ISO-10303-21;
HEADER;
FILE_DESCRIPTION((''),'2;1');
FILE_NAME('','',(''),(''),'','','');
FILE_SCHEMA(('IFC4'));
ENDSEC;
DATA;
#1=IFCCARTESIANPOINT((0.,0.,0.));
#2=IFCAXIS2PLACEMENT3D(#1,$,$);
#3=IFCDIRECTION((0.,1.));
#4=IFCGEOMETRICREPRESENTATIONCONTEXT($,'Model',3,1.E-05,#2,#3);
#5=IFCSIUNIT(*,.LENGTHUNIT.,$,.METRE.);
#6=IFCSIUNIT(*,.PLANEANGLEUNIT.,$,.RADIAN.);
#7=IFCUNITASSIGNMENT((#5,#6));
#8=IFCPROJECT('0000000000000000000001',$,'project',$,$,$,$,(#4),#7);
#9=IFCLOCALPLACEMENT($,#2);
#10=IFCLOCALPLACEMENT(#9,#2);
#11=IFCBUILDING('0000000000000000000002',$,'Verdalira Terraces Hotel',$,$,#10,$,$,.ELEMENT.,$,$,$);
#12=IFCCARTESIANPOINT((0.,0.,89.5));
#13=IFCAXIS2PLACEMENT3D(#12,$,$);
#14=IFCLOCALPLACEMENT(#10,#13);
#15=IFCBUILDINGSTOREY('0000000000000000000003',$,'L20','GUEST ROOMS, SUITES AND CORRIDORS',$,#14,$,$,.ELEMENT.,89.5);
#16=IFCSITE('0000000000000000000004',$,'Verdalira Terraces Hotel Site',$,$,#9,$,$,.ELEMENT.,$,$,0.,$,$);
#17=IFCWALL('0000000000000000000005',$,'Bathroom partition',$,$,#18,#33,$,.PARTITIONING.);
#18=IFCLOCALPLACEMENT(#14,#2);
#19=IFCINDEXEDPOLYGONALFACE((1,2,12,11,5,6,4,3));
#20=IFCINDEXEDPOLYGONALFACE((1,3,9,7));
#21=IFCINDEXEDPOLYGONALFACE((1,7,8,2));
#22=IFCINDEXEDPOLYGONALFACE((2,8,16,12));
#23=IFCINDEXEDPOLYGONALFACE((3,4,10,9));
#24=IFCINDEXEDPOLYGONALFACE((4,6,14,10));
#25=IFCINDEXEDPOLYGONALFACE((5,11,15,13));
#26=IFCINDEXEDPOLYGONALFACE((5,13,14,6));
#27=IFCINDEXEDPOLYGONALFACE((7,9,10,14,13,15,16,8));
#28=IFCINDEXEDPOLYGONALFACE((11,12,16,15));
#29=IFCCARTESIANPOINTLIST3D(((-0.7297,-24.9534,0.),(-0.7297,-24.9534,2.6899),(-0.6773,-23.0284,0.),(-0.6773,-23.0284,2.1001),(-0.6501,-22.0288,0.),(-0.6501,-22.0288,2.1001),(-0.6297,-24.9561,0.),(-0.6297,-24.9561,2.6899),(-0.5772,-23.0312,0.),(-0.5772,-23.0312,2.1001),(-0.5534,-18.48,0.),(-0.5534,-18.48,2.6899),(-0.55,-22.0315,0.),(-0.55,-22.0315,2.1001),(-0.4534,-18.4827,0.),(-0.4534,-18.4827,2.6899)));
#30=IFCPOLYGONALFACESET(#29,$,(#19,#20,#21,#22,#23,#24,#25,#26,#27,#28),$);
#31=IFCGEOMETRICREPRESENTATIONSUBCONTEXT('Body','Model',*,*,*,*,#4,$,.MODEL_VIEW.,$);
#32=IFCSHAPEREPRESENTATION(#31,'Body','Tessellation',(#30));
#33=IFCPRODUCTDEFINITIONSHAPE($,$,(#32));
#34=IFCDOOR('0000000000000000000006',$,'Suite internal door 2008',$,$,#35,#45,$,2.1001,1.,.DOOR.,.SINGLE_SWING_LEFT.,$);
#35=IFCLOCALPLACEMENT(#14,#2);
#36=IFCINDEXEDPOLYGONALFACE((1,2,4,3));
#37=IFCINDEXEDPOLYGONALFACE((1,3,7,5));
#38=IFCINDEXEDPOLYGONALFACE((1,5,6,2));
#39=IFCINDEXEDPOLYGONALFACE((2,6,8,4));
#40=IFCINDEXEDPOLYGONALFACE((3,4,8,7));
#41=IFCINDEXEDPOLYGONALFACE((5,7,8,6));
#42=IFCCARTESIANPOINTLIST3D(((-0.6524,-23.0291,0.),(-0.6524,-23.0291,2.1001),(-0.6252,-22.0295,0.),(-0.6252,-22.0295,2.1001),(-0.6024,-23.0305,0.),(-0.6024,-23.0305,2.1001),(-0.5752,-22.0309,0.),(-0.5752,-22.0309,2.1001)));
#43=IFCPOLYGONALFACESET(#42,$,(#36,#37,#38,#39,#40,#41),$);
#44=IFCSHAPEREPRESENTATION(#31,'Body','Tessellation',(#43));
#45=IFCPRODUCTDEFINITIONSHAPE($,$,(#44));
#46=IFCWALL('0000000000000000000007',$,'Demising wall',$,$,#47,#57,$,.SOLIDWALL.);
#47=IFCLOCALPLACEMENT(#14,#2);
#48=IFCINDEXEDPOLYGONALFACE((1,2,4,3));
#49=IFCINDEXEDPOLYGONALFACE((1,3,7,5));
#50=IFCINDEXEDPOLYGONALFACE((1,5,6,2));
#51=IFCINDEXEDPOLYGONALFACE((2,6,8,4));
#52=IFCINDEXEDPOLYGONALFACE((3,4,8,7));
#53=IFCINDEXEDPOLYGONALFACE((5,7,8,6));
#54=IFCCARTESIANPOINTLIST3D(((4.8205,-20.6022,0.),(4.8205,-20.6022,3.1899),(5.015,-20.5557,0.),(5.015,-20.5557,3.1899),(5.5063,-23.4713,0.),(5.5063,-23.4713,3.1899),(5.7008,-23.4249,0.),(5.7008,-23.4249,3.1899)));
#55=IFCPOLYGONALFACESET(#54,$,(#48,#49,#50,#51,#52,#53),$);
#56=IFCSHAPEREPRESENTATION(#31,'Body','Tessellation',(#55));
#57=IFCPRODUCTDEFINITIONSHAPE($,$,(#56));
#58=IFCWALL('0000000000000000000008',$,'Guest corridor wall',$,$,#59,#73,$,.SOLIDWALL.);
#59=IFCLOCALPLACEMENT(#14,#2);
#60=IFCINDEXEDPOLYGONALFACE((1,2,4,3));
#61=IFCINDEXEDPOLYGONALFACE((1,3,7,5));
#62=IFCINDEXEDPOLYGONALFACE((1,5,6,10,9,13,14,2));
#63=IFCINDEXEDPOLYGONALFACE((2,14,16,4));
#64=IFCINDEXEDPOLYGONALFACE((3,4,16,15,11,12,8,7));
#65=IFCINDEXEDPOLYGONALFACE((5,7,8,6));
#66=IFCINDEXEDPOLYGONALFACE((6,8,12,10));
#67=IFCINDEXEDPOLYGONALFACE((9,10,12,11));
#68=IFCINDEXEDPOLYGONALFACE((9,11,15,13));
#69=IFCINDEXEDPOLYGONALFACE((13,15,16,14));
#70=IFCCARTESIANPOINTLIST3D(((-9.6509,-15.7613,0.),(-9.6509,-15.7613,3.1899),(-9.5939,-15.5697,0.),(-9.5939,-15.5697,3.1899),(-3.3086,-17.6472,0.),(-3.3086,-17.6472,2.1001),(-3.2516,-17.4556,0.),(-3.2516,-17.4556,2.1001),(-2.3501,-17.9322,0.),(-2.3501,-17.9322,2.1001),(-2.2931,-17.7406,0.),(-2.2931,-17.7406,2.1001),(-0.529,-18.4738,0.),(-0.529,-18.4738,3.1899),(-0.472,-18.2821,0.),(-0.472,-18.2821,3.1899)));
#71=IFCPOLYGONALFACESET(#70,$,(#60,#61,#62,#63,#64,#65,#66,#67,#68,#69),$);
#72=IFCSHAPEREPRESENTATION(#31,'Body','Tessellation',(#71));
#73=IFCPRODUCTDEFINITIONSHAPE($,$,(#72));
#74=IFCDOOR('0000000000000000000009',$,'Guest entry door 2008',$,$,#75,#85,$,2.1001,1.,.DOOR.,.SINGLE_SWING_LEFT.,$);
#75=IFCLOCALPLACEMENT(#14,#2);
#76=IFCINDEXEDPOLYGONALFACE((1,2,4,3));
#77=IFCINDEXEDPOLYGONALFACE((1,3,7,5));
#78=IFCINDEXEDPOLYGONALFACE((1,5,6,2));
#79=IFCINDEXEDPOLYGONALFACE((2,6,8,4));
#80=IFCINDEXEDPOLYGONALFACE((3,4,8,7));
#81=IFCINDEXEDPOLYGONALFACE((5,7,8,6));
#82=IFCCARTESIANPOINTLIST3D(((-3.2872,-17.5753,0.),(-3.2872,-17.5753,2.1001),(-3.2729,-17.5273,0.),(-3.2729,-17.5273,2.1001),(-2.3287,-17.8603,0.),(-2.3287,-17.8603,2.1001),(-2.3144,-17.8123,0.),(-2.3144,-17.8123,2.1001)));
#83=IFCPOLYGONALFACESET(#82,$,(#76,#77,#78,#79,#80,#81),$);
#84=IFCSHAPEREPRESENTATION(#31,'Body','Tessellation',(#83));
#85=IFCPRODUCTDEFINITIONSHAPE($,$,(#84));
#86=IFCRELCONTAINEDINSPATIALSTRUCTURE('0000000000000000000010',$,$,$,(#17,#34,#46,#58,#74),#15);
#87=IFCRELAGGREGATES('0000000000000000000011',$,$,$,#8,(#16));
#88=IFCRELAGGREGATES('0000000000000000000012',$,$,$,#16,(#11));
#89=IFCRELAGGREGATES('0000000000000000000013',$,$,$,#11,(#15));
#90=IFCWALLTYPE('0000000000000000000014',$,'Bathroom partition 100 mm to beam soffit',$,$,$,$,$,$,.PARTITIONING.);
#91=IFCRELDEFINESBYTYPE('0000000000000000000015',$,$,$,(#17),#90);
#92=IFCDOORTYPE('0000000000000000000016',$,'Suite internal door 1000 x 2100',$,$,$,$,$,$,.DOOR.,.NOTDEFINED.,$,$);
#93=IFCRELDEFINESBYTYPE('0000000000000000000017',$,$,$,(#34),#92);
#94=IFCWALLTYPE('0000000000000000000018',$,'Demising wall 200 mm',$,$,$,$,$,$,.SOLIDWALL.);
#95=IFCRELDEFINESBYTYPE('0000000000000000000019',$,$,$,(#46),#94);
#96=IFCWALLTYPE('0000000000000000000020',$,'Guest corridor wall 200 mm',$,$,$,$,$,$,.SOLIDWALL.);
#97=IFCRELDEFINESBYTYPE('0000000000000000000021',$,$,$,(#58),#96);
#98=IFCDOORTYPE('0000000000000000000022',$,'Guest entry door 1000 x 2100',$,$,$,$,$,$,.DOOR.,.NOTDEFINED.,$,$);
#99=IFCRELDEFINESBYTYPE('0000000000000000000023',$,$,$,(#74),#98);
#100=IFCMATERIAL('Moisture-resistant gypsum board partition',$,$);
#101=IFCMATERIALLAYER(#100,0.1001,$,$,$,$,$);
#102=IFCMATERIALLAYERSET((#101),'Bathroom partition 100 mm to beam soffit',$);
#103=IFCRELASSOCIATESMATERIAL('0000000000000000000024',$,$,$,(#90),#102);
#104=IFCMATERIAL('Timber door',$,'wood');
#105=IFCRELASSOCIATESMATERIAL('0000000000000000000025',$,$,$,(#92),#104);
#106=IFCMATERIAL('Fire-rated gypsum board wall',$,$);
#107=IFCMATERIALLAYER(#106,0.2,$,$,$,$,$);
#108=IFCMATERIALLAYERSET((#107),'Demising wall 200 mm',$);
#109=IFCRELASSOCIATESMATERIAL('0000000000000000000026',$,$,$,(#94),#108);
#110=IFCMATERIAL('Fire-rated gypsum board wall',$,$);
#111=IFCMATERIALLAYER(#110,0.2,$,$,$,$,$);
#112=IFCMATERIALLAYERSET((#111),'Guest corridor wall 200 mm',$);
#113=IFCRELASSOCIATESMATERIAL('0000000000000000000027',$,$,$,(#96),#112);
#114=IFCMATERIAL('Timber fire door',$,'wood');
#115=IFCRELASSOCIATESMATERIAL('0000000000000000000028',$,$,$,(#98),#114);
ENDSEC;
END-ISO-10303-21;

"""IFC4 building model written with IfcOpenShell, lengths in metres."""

from ifc_helpers import new_model, si_unit, direction, frame, frame_2d, origin, place, context, subcontext, project, spatial, rectangle, extrude, material, layer, layer_set, type_object, element, fill, save


model = new_model("IFC4")

# Units and contexts
model_context = context("Model", 3, precision=1e-05, world=origin(), true_north=direction((0.0, 1.0)))
body_context = subcontext(model_context, "Body", "Model", "MODEL_VIEW")
ifc_project = project(units=[si_unit("LENGTHUNIT", "METRE"), si_unit("PLANEANGLEUNIT", "RADIAN")], contexts=[model_context])

# Site, building, storey
site_placement = place(None, origin())
site = spatial("IfcSite", under=ifc_project, at=site_placement, Name="Verdalira Terraces Hotel Site", CompositionType="ELEMENT", RefElevation=0.0)
building_placement = place(site_placement, origin())
building = spatial("IfcBuilding", under=site, at=building_placement, Name="Verdalira Terraces Hotel", CompositionType="ELEMENT")
storey_placement = place(building_placement, frame((0.0, 0.0, 89.5)))
storey = spatial("IfcBuildingStorey", under=building, at=storey_placement, Name="L20", Description="GUEST ROOMS, SUITES AND CORRIDORS", CompositionType="ELEMENT", Elevation=89.5)

# Wall, opening, door
ifc_material_1 = material(Name="Moisture-resistant gypsum board partition")
ifc_layer_1 = layer(ifc_material_1, 0.1001)
ifc_layer_set_1 = layer_set([ifc_layer_1], Name="Bathroom partition 100 mm to beam soffit")
wall_type_1 = type_object("IfcWallType", Name="Bathroom partition 100 mm to beam soffit", PredefinedType="PARTITIONING", material=ifc_layer_set_1)
wall_1_placement = place(storey_placement, frame((-0.5034, -18.4814, 0.0), z_axis=(0.0, 0.0, 1.0), x_axis=(-0.02722, -0.999629, 0.0)))
wall_1 = element("IfcWall", 1, at=wall_1_placement, inside=storey, type_object=wall_type_1, Name="Bathroom partition", PredefinedType="PARTITIONING", context=body_context, shape_type="SweptSolid", body=[
    extrude(rectangle(XDim=6.4758, YDim=0.1001, at=frame_2d((3.2378, 0.0))), origin(), (0.0, 0.0, 1.0), 2.6899),
])
opening_1_placement = place(wall_1_placement, frame((3.55, 0.0, 0.0)))
opening_1 = element("IfcOpeningElement", 2, at=opening_1_placement, cuts=wall_1, PredefinedType="OPENING", context=body_context, shape_type="SweptSolid", body=[
    extrude(rectangle(XDim=1.0, YDim=2.1001, at=frame_2d((0.5, 1.05))), frame((0.0, 0.0601, 0.0), z_axis=(0.0, -1.0, 0.0), x_axis=(1.0, 0.0, 0.0)), (0.0, 0.0, 1.0), 0.1201),
])
ifc_material_2 = material(Name="Timber door", Category="wood")
door_type_1 = type_object("IfcDoorType", Name="Suite internal door 1000 x 2100", OperationType="NOTDEFINED", PredefinedType="DOOR", material=ifc_material_2)
door_1_placement = place(opening_1_placement, origin())
door_1 = element("IfcDoor", 3, at=door_1_placement, inside=storey, type_object=door_type_1, Name="Suite internal door 2008", OperationType="SINGLE_SWING_LEFT", OverallHeight=2.1001, OverallWidth=1.0, PredefinedType="DOOR", context=body_context, shape_type="SweptSolid", body=[
    extrude(rectangle(XDim=1.0, YDim=2.1001, at=frame_2d((0.5, 1.05))), frame((0.0, 0.0249, 0.0), z_axis=(0.0, -1.0, 0.0), x_axis=(1.0, 0.0, 0.0)), (0.0, 0.0, 1.0), 0.05),
])
fill(opening_1, door_1)

# Wall
ifc_material_3 = material(Name="Fire-rated gypsum board wall")
ifc_layer_2 = layer(ifc_material_3, 0.2)
ifc_layer_set_2 = layer_set([ifc_layer_2], Name="Demising wall 200 mm")
wall_type_2 = type_object("IfcWallType", Name="Demising wall 200 mm", PredefinedType="SOLIDWALL", material=ifc_layer_set_2)
wall_2_placement = place(storey_placement, frame((4.9177, -20.5789, 0.0), z_axis=(0.0, 0.0, 1.0), x_axis=(0.232475, -0.972602, 0.0)))
element("IfcWall", 4, at=wall_2_placement, inside=storey, type_object=wall_type_2, Name="Demising wall", PredefinedType="SOLIDWALL", context=body_context, shape_type="SweptSolid", body=[
    extrude(rectangle(XDim=2.95, YDim=0.2, at=frame_2d((1.4751, 0.0))), origin(), (0.0, 0.0, 1.0), 3.1899),
])

# Wall, opening, door
ifc_material_4 = material(Name="Fire-rated gypsum board wall")
ifc_layer_3 = layer(ifc_material_4, 0.2)
ifc_layer_set_3 = layer_set([ifc_layer_3], Name="Guest corridor wall 200 mm")
wall_type_3 = type_object("IfcWallType", Name="Guest corridor wall 200 mm", PredefinedType="SOLIDWALL", material=ifc_layer_set_3)
wall_3_placement = place(storey_placement, frame((-0.5005, -18.3779, 0.0), z_axis=(0.0, 0.0, 1.0), x_axis=(-0.958522, 0.285019, 0.0)))
wall_3 = element("IfcWall", 5, at=wall_3_placement, inside=storey, type_object=wall_type_3, Name="Guest corridor wall", PredefinedType="SOLIDWALL", context=body_context, shape_type="SweptSolid", body=[
    extrude(rectangle(XDim=9.5166, YDim=0.2, at=frame_2d((4.7583, 0.0))), origin(), (0.0, 0.0, 1.0), 3.1899),
])
opening_2_placement = place(wall_3_placement, frame((1.8999, 0.0, 0.0)))
opening_2 = element("IfcOpeningElement", 6, at=opening_2_placement, cuts=wall_3, PredefinedType="OPENING", context=body_context, shape_type="SweptSolid", body=[
    extrude(rectangle(XDim=1.0, YDim=2.1001, at=frame_2d((0.5, 1.05))), frame((0.0, 0.1099, 0.0), z_axis=(0.0, -1.0, 0.0), x_axis=(1.0, 0.0, 0.0)), (0.0, 0.0, 1.0), 0.22),
])
ifc_material_5 = material(Name="Timber fire door", Category="wood")
door_type_2 = type_object("IfcDoorType", Name="Guest entry door 1000 x 2100", OperationType="NOTDEFINED", PredefinedType="DOOR", material=ifc_material_5)
door_2_placement = place(opening_2_placement, origin())
door_2 = element("IfcDoor", 7, at=door_2_placement, inside=storey, type_object=door_type_2, Name="Guest entry door 2008", OperationType="SINGLE_SWING_LEFT", OverallHeight=2.1001, OverallWidth=1.0, PredefinedType="DOOR", context=body_context, shape_type="SweptSolid", body=[
    extrude(rectangle(XDim=1.0, YDim=2.1001, at=frame_2d((0.5, 1.05))), frame((0.0, 0.0249, 0.0), z_axis=(0.0, -1.0, 0.0), x_axis=(1.0, 0.0, 0.0)), (0.0, 0.0, 1.0), 0.05),
])
fill(opening_2, door_2)

save(model, "model.ifc")
